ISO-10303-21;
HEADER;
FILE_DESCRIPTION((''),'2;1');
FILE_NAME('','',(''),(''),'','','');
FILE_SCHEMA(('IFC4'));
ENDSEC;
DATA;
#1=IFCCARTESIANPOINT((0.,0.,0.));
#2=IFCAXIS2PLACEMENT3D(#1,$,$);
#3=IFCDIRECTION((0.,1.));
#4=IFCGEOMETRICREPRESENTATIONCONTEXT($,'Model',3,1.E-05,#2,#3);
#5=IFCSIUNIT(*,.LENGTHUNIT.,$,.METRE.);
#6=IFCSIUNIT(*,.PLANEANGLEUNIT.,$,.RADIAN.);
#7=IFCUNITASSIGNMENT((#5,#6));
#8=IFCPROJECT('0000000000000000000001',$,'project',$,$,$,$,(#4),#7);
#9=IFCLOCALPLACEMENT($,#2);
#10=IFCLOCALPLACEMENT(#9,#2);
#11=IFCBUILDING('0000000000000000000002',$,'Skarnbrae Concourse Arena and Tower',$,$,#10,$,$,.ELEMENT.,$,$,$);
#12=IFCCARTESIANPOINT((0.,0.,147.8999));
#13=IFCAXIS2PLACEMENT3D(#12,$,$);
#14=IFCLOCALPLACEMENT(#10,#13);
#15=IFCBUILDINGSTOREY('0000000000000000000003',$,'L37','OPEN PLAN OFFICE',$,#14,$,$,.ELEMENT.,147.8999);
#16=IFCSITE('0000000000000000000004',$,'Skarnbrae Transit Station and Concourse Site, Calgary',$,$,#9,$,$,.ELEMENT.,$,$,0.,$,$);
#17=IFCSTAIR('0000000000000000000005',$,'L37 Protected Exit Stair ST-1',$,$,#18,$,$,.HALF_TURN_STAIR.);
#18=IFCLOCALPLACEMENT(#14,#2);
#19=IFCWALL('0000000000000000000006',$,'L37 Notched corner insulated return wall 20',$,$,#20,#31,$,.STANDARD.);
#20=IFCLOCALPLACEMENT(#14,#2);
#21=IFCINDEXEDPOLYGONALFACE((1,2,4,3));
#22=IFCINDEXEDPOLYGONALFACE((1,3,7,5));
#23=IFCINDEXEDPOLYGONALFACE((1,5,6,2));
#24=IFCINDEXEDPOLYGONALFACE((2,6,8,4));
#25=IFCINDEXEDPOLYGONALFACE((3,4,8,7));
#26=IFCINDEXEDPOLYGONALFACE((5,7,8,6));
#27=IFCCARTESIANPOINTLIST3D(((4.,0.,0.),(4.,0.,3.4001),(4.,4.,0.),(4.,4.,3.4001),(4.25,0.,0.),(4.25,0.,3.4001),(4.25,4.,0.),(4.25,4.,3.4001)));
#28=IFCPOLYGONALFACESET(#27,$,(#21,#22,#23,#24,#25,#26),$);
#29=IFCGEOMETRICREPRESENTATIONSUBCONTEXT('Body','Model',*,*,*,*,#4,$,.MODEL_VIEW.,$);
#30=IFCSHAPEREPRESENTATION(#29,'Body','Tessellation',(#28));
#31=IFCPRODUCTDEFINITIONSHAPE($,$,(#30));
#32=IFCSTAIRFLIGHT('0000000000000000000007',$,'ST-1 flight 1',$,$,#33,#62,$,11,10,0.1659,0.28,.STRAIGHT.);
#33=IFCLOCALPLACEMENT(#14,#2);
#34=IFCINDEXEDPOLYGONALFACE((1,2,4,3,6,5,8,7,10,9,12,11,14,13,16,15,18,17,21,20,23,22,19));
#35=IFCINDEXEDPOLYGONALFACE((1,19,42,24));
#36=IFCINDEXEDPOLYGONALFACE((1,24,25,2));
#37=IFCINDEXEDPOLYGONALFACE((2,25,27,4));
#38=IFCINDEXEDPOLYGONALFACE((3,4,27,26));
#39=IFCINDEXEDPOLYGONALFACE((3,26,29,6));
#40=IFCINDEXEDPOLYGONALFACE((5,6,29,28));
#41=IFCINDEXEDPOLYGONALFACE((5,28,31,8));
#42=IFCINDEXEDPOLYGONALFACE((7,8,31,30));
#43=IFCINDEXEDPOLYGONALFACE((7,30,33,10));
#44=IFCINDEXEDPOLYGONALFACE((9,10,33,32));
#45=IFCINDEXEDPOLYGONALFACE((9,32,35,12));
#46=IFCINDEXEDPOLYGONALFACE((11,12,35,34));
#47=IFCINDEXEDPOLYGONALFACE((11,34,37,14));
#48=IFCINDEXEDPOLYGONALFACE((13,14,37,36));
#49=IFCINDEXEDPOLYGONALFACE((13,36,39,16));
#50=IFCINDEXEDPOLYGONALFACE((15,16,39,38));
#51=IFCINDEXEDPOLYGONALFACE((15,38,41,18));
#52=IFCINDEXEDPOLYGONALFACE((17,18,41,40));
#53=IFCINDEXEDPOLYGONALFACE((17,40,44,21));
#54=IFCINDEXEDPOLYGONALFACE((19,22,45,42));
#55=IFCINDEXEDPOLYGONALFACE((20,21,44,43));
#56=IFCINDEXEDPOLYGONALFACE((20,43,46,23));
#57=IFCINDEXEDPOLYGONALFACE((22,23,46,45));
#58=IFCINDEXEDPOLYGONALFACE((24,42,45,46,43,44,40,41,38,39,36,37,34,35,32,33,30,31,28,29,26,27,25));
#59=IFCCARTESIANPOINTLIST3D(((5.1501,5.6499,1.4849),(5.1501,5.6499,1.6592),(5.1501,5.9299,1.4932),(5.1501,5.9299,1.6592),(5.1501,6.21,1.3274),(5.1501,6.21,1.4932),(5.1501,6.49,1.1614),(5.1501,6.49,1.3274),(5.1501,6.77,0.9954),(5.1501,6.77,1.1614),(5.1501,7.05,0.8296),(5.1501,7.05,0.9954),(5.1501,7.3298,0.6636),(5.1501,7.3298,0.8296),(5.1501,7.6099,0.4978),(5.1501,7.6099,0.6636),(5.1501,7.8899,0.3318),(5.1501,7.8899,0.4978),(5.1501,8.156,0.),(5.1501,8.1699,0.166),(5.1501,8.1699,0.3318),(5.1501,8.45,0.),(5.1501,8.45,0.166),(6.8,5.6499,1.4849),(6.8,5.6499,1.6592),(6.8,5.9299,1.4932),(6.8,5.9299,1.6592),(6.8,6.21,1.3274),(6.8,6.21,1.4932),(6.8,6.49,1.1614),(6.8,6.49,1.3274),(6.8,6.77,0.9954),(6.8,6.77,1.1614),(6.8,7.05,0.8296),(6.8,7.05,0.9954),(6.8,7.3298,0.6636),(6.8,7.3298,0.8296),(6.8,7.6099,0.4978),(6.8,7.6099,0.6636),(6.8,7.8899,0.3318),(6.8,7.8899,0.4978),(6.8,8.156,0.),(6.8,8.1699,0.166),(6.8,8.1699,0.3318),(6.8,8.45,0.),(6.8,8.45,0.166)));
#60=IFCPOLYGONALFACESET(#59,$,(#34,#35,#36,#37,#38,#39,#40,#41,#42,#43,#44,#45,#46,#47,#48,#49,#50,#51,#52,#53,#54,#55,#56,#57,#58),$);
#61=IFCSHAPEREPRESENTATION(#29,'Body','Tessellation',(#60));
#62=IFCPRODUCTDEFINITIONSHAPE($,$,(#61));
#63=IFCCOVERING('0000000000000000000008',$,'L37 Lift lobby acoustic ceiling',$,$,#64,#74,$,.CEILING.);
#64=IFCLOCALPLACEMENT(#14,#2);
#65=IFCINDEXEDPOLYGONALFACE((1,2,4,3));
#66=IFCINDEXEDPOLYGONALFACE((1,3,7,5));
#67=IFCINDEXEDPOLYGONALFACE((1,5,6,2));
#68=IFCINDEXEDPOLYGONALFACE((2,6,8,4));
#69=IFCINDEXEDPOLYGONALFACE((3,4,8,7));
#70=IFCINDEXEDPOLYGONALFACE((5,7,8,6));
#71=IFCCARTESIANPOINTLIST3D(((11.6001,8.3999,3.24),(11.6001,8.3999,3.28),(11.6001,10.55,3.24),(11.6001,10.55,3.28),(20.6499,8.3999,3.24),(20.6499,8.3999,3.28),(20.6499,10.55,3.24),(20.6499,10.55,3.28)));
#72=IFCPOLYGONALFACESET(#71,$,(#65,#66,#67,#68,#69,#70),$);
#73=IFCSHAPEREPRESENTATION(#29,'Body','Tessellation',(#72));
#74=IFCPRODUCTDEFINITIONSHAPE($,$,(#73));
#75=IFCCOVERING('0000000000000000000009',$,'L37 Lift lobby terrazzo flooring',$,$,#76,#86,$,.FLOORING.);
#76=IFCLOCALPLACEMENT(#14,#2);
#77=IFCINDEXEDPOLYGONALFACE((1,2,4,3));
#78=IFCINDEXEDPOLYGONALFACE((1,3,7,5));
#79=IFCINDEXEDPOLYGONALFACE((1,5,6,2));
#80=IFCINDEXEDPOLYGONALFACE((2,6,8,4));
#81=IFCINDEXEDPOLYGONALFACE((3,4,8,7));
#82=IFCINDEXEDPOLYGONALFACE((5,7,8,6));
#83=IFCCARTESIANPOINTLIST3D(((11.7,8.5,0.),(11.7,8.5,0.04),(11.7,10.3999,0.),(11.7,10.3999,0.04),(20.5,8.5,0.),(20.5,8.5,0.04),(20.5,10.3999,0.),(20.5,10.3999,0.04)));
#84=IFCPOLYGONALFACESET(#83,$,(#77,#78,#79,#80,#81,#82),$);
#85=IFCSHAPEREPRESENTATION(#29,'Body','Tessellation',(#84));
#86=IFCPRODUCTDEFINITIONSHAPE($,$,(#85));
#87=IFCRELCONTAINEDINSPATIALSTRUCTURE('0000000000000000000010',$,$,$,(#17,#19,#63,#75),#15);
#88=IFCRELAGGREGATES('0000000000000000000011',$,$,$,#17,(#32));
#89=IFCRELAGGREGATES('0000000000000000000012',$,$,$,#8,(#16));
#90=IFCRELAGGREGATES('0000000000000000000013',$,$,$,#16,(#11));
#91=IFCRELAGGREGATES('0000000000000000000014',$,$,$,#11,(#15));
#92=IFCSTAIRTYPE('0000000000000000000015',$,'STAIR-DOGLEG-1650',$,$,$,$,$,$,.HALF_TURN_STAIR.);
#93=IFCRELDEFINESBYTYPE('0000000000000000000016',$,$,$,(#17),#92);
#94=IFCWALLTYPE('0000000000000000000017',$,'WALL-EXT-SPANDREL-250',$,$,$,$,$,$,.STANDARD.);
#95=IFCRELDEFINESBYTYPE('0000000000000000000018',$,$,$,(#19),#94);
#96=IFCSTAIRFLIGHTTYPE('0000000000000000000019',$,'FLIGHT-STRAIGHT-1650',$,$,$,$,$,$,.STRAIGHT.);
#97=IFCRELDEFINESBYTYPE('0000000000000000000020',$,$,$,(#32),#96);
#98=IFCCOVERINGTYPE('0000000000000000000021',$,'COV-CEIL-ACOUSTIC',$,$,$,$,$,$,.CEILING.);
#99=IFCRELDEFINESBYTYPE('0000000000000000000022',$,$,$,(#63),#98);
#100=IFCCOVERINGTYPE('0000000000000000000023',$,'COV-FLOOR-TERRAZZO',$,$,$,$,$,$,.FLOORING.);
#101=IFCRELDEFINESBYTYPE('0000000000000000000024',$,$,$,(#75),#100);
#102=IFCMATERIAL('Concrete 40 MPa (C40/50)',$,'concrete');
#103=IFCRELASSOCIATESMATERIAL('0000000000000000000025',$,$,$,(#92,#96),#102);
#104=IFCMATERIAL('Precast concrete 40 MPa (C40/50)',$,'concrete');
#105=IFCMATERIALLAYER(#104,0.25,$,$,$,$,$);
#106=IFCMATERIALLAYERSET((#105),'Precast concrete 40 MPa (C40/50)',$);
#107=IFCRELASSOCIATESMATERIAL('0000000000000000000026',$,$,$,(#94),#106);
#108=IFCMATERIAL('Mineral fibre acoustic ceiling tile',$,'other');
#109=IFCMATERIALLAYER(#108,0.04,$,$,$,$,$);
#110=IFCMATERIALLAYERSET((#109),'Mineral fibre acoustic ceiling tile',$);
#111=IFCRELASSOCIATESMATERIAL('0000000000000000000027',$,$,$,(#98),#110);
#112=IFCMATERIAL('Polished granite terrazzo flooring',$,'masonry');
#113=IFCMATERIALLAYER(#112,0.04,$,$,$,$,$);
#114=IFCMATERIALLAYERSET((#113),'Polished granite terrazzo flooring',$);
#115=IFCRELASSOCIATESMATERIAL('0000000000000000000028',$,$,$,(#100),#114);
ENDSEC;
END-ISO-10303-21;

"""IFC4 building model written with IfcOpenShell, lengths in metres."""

from ifc_helpers import new_model, si_unit, direction, frame, frame_2d, origin, place, context, subcontext, project, spatial, polyline, rectangle, outline, extrude, source, transform, mapped, material, layer, layer_set, type_object, element, aggregate, save


model = new_model("IFC4")

# Units and contexts
model_context = context("Model", 3, precision=1e-05, world=origin(), true_north=direction((0.0, 1.0)))
body_context = subcontext(model_context, "Body", "Model", "MODEL_VIEW")
ifc_project = project(units=[si_unit("LENGTHUNIT", "METRE"), si_unit("PLANEANGLEUNIT", "RADIAN")], contexts=[model_context])

# Site, building, storey
site_placement = place(None, origin())
site = spatial("IfcSite", under=ifc_project, at=site_placement, Name="Skarnbrae Transit Station and Concourse Site, Calgary", CompositionType="ELEMENT", RefElevation=0.0)
building_placement = place(site_placement, origin())
building = spatial("IfcBuilding", under=site, at=building_placement, Name="Skarnbrae Concourse Arena and Tower", CompositionType="ELEMENT")
storey_placement = place(building_placement, frame((0.0, 0.0, 147.8999)))
storey = spatial("IfcBuildingStorey", under=building, at=storey_placement, Name="L37", Description="OPEN PLAN OFFICE", CompositionType="ELEMENT", Elevation=147.8999)

# Stair
ifc_material_1 = material(Name="Concrete 40 MPa (C40/50)", Category="concrete")
stair_type = type_object("IfcStairType", Name="STAIR-DOGLEG-1650", PredefinedType="HALF_TURN_STAIR", material=ifc_material_1)
stair_1_placement = place(storey_placement, origin())
stair_1 = element("IfcStair", 1, at=stair_1_placement, inside=storey, type_object=stair_type, Name="L37 Protected Exit Stair ST-1", PredefinedType="HALF_TURN_STAIR")

# Wall
ifc_material_2 = material(Name="Precast concrete 40 MPa (C40/50)", Category="concrete")
ifc_layer_1 = layer(ifc_material_2, 0.25)
ifc_layer_set_1 = layer_set([ifc_layer_1], Name="Precast concrete 40 MPa (C40/50)")
wall_type_1 = type_object("IfcWallType", Name="WALL-EXT-SPANDREL-250", PredefinedType="STANDARD", material=ifc_layer_set_1)
shared_shape_1 = source(origin(), body_context, "Body", "SweptSolid", [
    extrude(rectangle(XDim=4.0, YDim=0.25, at=frame_2d((2.0, 0.0))), origin(), (0.0, 0.0, 1.0), 3.4001),
])
for number, where, z_axis, x_axis, name in (
    (2, (4.125, 4.0, 0.0), (0.0, 0.0, 1.0), (0.0, -1.0, 0.0), "L37 Notched corner insulated return wall 20"),
):
    element("IfcWall", number, at=place(storey_placement, frame(where, z_axis=z_axis, x_axis=x_axis)), inside=storey, type_object=wall_type_1, Name=name, PredefinedType="STANDARD", context=body_context, shape_type="MappedRepresentation", body=[
        mapped(shared_shape_1, transform((0.0, 0.0, 0.0))),
    ])

# Stair flight
stair_flight_type = type_object("IfcStairFlightType", Name="FLIGHT-STRAIGHT-1650", PredefinedType="STRAIGHT", material=ifc_material_1)
shared_shape_2 = source(origin(), body_context, "Body", "SweptSolid", [
    extrude(outline(polyline([(0.0, 0.0), (0.0, 0.166), (0.28, 0.166), (0.28, 0.3318), (0.5601, 0.3318), (0.5601, 0.4978), (0.8401, 0.4978), (0.8401, 0.6636), (1.1201, 0.6636), (1.1201, 0.8296), (1.3999, 0.8296), (1.3999, 0.9954), (1.6799, 0.9954), (1.6799, 1.1614), (1.96, 1.1614), (1.96, 1.3274), (2.24, 1.3274), (2.24, 1.4932), (2.52, 1.4932), (2.52, 1.6592), (2.8, 1.6592), (2.8, 1.825), (2.8, 1.4849), (0.2939, 0.0), (0.0, 0.0)])), frame((0.0, 0.825, 0.0), z_axis=(0.0, -1.0, 0.0), x_axis=(1.0, 0.0, 0.0)), (0.0, 0.0, 1.0), 1.6499),
])
stair_flight_placement = place(storey_placement, frame((5.9751, 8.45, 0.0), z_axis=(0.0, 0.0, 1.0), x_axis=(0.0, -1.0, 0.0)))
stair_flight = element("IfcStairFlight", 3, at=stair_flight_placement, type_object=stair_flight_type, Name="ST-1 flight 1", NumberOfRisers=11, NumberOfTreads=10, PredefinedType="STRAIGHT", RiserHeight=0.1659, TreadLength=0.28, context=body_context, shape_type="MappedRepresentation", body=[
    mapped(shared_shape_2, transform((0.0, 0.0, 0.0))),
])
aggregate(stair_1, [stair_flight])

# Coverings
ifc_material_3 = material(Name="Mineral fibre acoustic ceiling tile", Category="other")
ifc_layer_2 = layer(ifc_material_3, 0.04)
ifc_layer_set_2 = layer_set([ifc_layer_2], Name="Mineral fibre acoustic ceiling tile")
covering_type_1 = type_object("IfcCoveringType", Name="COV-CEIL-ACOUSTIC", PredefinedType="CEILING", material=ifc_layer_set_2)
covering_1_placement = place(storey_placement, frame((0.0, 0.0, 3.24)))
element("IfcCovering", 4, at=covering_1_placement, inside=storey, type_object=covering_type_1, Name="L37 Lift lobby acoustic ceiling", PredefinedType="CEILING", context=body_context, shape_type="SweptSolid", body=[
    extrude(outline(polyline([(11.6001, 8.3999), (20.6499, 8.3999), (20.6499, 10.55), (11.6001, 10.55), (11.6001, 8.3999)])), origin(), (0.0, 0.0, 1.0), 0.04),
])
ifc_material_4 = material(Name="Polished granite terrazzo flooring", Category="masonry")
ifc_layer_3 = layer(ifc_material_4, 0.04)
ifc_layer_set_3 = layer_set([ifc_layer_3], Name="Polished granite terrazzo flooring")
covering_type_2 = type_object("IfcCoveringType", Name="COV-FLOOR-TERRAZZO", PredefinedType="FLOORING", material=ifc_layer_set_3)
covering_2_placement = place(storey_placement, origin())
element("IfcCovering", 5, at=covering_2_placement, inside=storey, type_object=covering_type_2, Name="L37 Lift lobby terrazzo flooring", PredefinedType="FLOORING", context=body_context, shape_type="SweptSolid", body=[
    extrude(outline(polyline([(11.7, 8.5), (20.5, 8.5), (20.5, 10.3999), (11.7, 10.3999), (11.7, 8.5)])), origin(), (0.0, 0.0, 1.0), 0.04),
])

save(model, "model.ifc")
